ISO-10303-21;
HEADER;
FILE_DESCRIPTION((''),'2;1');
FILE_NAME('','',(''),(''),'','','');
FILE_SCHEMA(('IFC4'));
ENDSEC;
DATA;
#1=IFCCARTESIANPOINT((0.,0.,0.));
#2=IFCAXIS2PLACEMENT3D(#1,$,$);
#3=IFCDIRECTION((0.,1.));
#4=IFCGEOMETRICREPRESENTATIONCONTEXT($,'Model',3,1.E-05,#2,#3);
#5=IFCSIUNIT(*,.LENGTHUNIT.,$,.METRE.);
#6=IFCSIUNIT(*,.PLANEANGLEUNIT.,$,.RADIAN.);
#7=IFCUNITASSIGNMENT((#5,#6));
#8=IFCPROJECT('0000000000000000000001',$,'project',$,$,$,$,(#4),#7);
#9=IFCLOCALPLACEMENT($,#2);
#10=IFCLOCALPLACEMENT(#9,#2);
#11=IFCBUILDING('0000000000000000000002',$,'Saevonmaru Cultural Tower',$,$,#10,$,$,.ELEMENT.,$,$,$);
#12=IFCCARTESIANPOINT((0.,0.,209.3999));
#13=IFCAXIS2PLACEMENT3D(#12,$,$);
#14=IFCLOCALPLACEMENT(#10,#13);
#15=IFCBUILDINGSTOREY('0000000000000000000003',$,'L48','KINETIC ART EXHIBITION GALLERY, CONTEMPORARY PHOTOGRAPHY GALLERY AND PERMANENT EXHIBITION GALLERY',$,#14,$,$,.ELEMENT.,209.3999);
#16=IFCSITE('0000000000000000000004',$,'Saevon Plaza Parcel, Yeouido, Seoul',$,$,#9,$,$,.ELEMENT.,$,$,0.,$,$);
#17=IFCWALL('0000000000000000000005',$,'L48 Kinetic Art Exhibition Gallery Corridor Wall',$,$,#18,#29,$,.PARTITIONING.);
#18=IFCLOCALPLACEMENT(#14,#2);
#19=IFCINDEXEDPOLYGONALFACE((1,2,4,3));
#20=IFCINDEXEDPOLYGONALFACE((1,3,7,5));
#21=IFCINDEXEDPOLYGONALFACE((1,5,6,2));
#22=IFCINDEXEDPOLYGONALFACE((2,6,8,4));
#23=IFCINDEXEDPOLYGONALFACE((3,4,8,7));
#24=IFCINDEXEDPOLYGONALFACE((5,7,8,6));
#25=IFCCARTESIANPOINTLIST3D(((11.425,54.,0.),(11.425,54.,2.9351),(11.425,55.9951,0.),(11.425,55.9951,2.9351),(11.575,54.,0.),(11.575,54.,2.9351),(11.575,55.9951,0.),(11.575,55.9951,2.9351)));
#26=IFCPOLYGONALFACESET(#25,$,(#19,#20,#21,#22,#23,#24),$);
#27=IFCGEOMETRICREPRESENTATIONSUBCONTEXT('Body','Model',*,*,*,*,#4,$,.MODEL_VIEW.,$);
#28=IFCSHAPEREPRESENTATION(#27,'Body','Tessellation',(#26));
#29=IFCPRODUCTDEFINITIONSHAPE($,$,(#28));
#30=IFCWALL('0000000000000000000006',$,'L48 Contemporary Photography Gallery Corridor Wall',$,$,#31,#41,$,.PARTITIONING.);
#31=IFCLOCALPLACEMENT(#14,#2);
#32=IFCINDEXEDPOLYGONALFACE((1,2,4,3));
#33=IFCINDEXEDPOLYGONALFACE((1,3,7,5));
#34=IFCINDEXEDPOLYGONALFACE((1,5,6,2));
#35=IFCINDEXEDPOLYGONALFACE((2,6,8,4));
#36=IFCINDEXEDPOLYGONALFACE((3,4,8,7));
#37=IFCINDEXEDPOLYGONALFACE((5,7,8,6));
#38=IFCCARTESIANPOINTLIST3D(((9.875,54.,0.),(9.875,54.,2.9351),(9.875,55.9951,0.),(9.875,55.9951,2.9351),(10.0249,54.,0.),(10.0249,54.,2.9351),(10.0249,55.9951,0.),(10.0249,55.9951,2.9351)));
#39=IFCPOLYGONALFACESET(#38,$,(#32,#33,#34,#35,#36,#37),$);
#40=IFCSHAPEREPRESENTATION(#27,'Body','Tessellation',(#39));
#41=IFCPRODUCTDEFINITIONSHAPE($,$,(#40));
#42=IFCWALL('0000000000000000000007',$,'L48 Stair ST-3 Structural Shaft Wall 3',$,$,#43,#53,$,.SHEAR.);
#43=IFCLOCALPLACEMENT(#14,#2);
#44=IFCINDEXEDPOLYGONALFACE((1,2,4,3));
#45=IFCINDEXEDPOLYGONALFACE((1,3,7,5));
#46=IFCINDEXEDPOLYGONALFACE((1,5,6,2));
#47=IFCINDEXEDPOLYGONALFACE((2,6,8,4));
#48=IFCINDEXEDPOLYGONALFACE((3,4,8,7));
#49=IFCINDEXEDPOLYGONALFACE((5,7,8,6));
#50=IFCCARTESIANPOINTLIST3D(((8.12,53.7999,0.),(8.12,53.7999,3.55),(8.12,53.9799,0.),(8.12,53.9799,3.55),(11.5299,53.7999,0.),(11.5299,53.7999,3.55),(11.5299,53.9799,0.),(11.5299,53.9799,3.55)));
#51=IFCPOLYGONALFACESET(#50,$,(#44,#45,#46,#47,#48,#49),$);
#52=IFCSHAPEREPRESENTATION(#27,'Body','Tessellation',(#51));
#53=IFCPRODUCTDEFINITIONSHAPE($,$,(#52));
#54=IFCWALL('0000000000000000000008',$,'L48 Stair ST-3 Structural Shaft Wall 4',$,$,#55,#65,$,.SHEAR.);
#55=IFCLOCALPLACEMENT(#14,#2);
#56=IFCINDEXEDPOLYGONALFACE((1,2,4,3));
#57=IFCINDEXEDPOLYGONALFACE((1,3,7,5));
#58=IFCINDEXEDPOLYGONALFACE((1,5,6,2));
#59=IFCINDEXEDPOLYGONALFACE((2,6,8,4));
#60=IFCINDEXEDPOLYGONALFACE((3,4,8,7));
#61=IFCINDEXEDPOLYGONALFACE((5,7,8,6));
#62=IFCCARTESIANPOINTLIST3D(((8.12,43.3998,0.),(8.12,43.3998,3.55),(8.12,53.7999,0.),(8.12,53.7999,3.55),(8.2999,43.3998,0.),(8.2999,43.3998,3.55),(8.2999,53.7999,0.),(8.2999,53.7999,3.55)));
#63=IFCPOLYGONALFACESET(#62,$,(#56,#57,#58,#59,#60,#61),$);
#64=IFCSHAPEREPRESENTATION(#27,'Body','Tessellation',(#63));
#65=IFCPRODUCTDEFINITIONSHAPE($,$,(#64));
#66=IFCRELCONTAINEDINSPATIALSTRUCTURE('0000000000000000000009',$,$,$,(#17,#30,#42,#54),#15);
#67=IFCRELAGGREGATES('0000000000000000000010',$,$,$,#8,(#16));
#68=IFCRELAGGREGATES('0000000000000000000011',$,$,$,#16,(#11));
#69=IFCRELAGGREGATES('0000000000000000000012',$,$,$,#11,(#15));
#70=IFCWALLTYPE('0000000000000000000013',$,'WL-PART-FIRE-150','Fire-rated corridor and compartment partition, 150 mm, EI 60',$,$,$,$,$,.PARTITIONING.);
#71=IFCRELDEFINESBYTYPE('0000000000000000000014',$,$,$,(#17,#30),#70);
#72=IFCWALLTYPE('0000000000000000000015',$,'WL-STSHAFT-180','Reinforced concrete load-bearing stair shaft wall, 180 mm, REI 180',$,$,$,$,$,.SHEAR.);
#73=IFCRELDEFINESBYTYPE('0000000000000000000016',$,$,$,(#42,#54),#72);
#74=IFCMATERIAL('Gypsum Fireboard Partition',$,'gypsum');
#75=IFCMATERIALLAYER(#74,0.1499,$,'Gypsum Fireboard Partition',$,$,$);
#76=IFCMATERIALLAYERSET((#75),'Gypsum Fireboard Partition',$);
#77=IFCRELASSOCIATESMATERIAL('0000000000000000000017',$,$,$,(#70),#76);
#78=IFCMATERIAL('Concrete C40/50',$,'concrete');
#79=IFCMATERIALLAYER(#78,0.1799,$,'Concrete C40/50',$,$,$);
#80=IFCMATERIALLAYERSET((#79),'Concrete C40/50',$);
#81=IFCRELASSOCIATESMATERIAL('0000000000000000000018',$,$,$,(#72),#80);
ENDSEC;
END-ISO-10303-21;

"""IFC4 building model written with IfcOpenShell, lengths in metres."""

from ifc_helpers import new_model, si_unit, direction, frame, frame_2d, origin, place, context, subcontext, project, spatial, rectangle, extrude, material, layer, layer_set, type_object, element, save


model = new_model("IFC4")

# Units and contexts
model_context = context("Model", 3, precision=1e-05, world=origin(), true_north=direction((0.0, 1.0)))
body_context = subcontext(model_context, "Body", "Model", "MODEL_VIEW")
ifc_project = project(units=[si_unit("LENGTHUNIT", "METRE"), si_unit("PLANEANGLEUNIT", "RADIAN")], contexts=[model_context])

# Site, building, storey
site_placement = place(None, origin())
site = spatial("IfcSite", under=ifc_project, at=site_placement, Name="Saevon Plaza Parcel, Yeouido, Seoul", CompositionType="ELEMENT", RefElevation=0.0)
building_placement = place(site_placement, origin())
building = spatial("IfcBuilding", under=site, at=building_placement, Name="Saevonmaru Cultural Tower", CompositionType="ELEMENT")
storey_placement = place(building_placement, frame((0.0, 0.0, 209.3999)))
storey = spatial("IfcBuildingStorey", under=building, at=storey_placement, Name="L48", Description="KINETIC ART EXHIBITION GALLERY, CONTEMPORARY PHOTOGRAPHY GALLERY AND PERMANENT EXHIBITION GALLERY", CompositionType="ELEMENT", Elevation=209.3999)

# Walls
ifc_material_1 = material(Name="Gypsum Fireboard Partition", Category="gypsum")
ifc_layer_1 = layer(ifc_material_1, 0.1499, Name="Gypsum Fireboard Partition")
ifc_layer_set_1 = layer_set([ifc_layer_1], Name="Gypsum Fireboard Partition")
wall_type_1 = type_object("IfcWallType", Name="WL-PART-FIRE-150", Description="Fire-rated corridor and compartment partition, 150 mm, EI 60", PredefinedType="PARTITIONING", material=ifc_layer_set_1)
for number, where, z_axis, x_axis, name in (
    (1, (11.5, 54.0, 0.0), (0.0, 0.0, 1.0), (0.0, 1.0, 0.0), "L48 Kinetic Art Exhibition Gallery Corridor Wall"),
    (2, (9.95, 54.0, 0.0), (0.0, 0.0, 1.0), (0.0, 1.0, 0.0), "L48 Contemporary Photography Gallery Corridor Wall"),
):
    element("IfcWall", number, at=place(storey_placement, frame(where, z_axis=z_axis, x_axis=x_axis)), inside=storey, type_object=wall_type_1, Name=name, PredefinedType="PARTITIONING", context=body_context, shape_type="SweptSolid", body=[
        extrude(rectangle(XDim=1.9951, YDim=0.1499, at=frame_2d((0.9976, 0.0))), origin(), (0.0, 0.0, 1.0), 2.9351),
    ])
ifc_material_2 = material(Name="Concrete C40/50", Category="concrete")
ifc_layer_2 = layer(ifc_material_2, 0.1799, Name="Concrete C40/50")
ifc_layer_set_2 = layer_set([ifc_layer_2], Name="Concrete C40/50")
wall_type_2 = type_object("IfcWallType", Name="WL-STSHAFT-180", Description="Reinforced concrete load-bearing stair shaft wall, 180 mm, REI 180", PredefinedType="SHEAR", material=ifc_layer_set_2)
wall_1_placement = place(storey_placement, frame((11.53, 53.8899, 0.0), z_axis=(0.0, 0.0, 1.0), x_axis=(-1.0, 0.0, 0.0)))
element("IfcWall", 3, at=wall_1_placement, inside=storey, type_object=wall_type_2, Name="L48 Stair ST-3 Structural Shaft Wall 3", PredefinedType="SHEAR", context=body_context, shape_type="SweptSolid", body=[
    extrude(rectangle(XDim=3.4099, YDim=0.1799, at=frame_2d((1.7051, 0.0))), origin(), (0.0, 0.0, 1.0), 3.55),
])
wall_2_placement = place(storey_placement, frame((8.21, 53.8, 0.0), z_axis=(0.0, 0.0, 1.0), x_axis=(0.0, -1.0, 0.0)))
element("IfcWall", 4, at=wall_2_placement, inside=storey, type_object=wall_type_2, Name="L48 Stair ST-3 Structural Shaft Wall 4", PredefinedType="SHEAR", context=body_context, shape_type="SweptSolid", body=[
    extrude(rectangle(XDim=10.4001, YDim=0.1799, at=frame_2d((5.2002, 0.0))), origin(), (0.0, 0.0, 1.0), 3.55),
])

save(model, "model.ifc")
